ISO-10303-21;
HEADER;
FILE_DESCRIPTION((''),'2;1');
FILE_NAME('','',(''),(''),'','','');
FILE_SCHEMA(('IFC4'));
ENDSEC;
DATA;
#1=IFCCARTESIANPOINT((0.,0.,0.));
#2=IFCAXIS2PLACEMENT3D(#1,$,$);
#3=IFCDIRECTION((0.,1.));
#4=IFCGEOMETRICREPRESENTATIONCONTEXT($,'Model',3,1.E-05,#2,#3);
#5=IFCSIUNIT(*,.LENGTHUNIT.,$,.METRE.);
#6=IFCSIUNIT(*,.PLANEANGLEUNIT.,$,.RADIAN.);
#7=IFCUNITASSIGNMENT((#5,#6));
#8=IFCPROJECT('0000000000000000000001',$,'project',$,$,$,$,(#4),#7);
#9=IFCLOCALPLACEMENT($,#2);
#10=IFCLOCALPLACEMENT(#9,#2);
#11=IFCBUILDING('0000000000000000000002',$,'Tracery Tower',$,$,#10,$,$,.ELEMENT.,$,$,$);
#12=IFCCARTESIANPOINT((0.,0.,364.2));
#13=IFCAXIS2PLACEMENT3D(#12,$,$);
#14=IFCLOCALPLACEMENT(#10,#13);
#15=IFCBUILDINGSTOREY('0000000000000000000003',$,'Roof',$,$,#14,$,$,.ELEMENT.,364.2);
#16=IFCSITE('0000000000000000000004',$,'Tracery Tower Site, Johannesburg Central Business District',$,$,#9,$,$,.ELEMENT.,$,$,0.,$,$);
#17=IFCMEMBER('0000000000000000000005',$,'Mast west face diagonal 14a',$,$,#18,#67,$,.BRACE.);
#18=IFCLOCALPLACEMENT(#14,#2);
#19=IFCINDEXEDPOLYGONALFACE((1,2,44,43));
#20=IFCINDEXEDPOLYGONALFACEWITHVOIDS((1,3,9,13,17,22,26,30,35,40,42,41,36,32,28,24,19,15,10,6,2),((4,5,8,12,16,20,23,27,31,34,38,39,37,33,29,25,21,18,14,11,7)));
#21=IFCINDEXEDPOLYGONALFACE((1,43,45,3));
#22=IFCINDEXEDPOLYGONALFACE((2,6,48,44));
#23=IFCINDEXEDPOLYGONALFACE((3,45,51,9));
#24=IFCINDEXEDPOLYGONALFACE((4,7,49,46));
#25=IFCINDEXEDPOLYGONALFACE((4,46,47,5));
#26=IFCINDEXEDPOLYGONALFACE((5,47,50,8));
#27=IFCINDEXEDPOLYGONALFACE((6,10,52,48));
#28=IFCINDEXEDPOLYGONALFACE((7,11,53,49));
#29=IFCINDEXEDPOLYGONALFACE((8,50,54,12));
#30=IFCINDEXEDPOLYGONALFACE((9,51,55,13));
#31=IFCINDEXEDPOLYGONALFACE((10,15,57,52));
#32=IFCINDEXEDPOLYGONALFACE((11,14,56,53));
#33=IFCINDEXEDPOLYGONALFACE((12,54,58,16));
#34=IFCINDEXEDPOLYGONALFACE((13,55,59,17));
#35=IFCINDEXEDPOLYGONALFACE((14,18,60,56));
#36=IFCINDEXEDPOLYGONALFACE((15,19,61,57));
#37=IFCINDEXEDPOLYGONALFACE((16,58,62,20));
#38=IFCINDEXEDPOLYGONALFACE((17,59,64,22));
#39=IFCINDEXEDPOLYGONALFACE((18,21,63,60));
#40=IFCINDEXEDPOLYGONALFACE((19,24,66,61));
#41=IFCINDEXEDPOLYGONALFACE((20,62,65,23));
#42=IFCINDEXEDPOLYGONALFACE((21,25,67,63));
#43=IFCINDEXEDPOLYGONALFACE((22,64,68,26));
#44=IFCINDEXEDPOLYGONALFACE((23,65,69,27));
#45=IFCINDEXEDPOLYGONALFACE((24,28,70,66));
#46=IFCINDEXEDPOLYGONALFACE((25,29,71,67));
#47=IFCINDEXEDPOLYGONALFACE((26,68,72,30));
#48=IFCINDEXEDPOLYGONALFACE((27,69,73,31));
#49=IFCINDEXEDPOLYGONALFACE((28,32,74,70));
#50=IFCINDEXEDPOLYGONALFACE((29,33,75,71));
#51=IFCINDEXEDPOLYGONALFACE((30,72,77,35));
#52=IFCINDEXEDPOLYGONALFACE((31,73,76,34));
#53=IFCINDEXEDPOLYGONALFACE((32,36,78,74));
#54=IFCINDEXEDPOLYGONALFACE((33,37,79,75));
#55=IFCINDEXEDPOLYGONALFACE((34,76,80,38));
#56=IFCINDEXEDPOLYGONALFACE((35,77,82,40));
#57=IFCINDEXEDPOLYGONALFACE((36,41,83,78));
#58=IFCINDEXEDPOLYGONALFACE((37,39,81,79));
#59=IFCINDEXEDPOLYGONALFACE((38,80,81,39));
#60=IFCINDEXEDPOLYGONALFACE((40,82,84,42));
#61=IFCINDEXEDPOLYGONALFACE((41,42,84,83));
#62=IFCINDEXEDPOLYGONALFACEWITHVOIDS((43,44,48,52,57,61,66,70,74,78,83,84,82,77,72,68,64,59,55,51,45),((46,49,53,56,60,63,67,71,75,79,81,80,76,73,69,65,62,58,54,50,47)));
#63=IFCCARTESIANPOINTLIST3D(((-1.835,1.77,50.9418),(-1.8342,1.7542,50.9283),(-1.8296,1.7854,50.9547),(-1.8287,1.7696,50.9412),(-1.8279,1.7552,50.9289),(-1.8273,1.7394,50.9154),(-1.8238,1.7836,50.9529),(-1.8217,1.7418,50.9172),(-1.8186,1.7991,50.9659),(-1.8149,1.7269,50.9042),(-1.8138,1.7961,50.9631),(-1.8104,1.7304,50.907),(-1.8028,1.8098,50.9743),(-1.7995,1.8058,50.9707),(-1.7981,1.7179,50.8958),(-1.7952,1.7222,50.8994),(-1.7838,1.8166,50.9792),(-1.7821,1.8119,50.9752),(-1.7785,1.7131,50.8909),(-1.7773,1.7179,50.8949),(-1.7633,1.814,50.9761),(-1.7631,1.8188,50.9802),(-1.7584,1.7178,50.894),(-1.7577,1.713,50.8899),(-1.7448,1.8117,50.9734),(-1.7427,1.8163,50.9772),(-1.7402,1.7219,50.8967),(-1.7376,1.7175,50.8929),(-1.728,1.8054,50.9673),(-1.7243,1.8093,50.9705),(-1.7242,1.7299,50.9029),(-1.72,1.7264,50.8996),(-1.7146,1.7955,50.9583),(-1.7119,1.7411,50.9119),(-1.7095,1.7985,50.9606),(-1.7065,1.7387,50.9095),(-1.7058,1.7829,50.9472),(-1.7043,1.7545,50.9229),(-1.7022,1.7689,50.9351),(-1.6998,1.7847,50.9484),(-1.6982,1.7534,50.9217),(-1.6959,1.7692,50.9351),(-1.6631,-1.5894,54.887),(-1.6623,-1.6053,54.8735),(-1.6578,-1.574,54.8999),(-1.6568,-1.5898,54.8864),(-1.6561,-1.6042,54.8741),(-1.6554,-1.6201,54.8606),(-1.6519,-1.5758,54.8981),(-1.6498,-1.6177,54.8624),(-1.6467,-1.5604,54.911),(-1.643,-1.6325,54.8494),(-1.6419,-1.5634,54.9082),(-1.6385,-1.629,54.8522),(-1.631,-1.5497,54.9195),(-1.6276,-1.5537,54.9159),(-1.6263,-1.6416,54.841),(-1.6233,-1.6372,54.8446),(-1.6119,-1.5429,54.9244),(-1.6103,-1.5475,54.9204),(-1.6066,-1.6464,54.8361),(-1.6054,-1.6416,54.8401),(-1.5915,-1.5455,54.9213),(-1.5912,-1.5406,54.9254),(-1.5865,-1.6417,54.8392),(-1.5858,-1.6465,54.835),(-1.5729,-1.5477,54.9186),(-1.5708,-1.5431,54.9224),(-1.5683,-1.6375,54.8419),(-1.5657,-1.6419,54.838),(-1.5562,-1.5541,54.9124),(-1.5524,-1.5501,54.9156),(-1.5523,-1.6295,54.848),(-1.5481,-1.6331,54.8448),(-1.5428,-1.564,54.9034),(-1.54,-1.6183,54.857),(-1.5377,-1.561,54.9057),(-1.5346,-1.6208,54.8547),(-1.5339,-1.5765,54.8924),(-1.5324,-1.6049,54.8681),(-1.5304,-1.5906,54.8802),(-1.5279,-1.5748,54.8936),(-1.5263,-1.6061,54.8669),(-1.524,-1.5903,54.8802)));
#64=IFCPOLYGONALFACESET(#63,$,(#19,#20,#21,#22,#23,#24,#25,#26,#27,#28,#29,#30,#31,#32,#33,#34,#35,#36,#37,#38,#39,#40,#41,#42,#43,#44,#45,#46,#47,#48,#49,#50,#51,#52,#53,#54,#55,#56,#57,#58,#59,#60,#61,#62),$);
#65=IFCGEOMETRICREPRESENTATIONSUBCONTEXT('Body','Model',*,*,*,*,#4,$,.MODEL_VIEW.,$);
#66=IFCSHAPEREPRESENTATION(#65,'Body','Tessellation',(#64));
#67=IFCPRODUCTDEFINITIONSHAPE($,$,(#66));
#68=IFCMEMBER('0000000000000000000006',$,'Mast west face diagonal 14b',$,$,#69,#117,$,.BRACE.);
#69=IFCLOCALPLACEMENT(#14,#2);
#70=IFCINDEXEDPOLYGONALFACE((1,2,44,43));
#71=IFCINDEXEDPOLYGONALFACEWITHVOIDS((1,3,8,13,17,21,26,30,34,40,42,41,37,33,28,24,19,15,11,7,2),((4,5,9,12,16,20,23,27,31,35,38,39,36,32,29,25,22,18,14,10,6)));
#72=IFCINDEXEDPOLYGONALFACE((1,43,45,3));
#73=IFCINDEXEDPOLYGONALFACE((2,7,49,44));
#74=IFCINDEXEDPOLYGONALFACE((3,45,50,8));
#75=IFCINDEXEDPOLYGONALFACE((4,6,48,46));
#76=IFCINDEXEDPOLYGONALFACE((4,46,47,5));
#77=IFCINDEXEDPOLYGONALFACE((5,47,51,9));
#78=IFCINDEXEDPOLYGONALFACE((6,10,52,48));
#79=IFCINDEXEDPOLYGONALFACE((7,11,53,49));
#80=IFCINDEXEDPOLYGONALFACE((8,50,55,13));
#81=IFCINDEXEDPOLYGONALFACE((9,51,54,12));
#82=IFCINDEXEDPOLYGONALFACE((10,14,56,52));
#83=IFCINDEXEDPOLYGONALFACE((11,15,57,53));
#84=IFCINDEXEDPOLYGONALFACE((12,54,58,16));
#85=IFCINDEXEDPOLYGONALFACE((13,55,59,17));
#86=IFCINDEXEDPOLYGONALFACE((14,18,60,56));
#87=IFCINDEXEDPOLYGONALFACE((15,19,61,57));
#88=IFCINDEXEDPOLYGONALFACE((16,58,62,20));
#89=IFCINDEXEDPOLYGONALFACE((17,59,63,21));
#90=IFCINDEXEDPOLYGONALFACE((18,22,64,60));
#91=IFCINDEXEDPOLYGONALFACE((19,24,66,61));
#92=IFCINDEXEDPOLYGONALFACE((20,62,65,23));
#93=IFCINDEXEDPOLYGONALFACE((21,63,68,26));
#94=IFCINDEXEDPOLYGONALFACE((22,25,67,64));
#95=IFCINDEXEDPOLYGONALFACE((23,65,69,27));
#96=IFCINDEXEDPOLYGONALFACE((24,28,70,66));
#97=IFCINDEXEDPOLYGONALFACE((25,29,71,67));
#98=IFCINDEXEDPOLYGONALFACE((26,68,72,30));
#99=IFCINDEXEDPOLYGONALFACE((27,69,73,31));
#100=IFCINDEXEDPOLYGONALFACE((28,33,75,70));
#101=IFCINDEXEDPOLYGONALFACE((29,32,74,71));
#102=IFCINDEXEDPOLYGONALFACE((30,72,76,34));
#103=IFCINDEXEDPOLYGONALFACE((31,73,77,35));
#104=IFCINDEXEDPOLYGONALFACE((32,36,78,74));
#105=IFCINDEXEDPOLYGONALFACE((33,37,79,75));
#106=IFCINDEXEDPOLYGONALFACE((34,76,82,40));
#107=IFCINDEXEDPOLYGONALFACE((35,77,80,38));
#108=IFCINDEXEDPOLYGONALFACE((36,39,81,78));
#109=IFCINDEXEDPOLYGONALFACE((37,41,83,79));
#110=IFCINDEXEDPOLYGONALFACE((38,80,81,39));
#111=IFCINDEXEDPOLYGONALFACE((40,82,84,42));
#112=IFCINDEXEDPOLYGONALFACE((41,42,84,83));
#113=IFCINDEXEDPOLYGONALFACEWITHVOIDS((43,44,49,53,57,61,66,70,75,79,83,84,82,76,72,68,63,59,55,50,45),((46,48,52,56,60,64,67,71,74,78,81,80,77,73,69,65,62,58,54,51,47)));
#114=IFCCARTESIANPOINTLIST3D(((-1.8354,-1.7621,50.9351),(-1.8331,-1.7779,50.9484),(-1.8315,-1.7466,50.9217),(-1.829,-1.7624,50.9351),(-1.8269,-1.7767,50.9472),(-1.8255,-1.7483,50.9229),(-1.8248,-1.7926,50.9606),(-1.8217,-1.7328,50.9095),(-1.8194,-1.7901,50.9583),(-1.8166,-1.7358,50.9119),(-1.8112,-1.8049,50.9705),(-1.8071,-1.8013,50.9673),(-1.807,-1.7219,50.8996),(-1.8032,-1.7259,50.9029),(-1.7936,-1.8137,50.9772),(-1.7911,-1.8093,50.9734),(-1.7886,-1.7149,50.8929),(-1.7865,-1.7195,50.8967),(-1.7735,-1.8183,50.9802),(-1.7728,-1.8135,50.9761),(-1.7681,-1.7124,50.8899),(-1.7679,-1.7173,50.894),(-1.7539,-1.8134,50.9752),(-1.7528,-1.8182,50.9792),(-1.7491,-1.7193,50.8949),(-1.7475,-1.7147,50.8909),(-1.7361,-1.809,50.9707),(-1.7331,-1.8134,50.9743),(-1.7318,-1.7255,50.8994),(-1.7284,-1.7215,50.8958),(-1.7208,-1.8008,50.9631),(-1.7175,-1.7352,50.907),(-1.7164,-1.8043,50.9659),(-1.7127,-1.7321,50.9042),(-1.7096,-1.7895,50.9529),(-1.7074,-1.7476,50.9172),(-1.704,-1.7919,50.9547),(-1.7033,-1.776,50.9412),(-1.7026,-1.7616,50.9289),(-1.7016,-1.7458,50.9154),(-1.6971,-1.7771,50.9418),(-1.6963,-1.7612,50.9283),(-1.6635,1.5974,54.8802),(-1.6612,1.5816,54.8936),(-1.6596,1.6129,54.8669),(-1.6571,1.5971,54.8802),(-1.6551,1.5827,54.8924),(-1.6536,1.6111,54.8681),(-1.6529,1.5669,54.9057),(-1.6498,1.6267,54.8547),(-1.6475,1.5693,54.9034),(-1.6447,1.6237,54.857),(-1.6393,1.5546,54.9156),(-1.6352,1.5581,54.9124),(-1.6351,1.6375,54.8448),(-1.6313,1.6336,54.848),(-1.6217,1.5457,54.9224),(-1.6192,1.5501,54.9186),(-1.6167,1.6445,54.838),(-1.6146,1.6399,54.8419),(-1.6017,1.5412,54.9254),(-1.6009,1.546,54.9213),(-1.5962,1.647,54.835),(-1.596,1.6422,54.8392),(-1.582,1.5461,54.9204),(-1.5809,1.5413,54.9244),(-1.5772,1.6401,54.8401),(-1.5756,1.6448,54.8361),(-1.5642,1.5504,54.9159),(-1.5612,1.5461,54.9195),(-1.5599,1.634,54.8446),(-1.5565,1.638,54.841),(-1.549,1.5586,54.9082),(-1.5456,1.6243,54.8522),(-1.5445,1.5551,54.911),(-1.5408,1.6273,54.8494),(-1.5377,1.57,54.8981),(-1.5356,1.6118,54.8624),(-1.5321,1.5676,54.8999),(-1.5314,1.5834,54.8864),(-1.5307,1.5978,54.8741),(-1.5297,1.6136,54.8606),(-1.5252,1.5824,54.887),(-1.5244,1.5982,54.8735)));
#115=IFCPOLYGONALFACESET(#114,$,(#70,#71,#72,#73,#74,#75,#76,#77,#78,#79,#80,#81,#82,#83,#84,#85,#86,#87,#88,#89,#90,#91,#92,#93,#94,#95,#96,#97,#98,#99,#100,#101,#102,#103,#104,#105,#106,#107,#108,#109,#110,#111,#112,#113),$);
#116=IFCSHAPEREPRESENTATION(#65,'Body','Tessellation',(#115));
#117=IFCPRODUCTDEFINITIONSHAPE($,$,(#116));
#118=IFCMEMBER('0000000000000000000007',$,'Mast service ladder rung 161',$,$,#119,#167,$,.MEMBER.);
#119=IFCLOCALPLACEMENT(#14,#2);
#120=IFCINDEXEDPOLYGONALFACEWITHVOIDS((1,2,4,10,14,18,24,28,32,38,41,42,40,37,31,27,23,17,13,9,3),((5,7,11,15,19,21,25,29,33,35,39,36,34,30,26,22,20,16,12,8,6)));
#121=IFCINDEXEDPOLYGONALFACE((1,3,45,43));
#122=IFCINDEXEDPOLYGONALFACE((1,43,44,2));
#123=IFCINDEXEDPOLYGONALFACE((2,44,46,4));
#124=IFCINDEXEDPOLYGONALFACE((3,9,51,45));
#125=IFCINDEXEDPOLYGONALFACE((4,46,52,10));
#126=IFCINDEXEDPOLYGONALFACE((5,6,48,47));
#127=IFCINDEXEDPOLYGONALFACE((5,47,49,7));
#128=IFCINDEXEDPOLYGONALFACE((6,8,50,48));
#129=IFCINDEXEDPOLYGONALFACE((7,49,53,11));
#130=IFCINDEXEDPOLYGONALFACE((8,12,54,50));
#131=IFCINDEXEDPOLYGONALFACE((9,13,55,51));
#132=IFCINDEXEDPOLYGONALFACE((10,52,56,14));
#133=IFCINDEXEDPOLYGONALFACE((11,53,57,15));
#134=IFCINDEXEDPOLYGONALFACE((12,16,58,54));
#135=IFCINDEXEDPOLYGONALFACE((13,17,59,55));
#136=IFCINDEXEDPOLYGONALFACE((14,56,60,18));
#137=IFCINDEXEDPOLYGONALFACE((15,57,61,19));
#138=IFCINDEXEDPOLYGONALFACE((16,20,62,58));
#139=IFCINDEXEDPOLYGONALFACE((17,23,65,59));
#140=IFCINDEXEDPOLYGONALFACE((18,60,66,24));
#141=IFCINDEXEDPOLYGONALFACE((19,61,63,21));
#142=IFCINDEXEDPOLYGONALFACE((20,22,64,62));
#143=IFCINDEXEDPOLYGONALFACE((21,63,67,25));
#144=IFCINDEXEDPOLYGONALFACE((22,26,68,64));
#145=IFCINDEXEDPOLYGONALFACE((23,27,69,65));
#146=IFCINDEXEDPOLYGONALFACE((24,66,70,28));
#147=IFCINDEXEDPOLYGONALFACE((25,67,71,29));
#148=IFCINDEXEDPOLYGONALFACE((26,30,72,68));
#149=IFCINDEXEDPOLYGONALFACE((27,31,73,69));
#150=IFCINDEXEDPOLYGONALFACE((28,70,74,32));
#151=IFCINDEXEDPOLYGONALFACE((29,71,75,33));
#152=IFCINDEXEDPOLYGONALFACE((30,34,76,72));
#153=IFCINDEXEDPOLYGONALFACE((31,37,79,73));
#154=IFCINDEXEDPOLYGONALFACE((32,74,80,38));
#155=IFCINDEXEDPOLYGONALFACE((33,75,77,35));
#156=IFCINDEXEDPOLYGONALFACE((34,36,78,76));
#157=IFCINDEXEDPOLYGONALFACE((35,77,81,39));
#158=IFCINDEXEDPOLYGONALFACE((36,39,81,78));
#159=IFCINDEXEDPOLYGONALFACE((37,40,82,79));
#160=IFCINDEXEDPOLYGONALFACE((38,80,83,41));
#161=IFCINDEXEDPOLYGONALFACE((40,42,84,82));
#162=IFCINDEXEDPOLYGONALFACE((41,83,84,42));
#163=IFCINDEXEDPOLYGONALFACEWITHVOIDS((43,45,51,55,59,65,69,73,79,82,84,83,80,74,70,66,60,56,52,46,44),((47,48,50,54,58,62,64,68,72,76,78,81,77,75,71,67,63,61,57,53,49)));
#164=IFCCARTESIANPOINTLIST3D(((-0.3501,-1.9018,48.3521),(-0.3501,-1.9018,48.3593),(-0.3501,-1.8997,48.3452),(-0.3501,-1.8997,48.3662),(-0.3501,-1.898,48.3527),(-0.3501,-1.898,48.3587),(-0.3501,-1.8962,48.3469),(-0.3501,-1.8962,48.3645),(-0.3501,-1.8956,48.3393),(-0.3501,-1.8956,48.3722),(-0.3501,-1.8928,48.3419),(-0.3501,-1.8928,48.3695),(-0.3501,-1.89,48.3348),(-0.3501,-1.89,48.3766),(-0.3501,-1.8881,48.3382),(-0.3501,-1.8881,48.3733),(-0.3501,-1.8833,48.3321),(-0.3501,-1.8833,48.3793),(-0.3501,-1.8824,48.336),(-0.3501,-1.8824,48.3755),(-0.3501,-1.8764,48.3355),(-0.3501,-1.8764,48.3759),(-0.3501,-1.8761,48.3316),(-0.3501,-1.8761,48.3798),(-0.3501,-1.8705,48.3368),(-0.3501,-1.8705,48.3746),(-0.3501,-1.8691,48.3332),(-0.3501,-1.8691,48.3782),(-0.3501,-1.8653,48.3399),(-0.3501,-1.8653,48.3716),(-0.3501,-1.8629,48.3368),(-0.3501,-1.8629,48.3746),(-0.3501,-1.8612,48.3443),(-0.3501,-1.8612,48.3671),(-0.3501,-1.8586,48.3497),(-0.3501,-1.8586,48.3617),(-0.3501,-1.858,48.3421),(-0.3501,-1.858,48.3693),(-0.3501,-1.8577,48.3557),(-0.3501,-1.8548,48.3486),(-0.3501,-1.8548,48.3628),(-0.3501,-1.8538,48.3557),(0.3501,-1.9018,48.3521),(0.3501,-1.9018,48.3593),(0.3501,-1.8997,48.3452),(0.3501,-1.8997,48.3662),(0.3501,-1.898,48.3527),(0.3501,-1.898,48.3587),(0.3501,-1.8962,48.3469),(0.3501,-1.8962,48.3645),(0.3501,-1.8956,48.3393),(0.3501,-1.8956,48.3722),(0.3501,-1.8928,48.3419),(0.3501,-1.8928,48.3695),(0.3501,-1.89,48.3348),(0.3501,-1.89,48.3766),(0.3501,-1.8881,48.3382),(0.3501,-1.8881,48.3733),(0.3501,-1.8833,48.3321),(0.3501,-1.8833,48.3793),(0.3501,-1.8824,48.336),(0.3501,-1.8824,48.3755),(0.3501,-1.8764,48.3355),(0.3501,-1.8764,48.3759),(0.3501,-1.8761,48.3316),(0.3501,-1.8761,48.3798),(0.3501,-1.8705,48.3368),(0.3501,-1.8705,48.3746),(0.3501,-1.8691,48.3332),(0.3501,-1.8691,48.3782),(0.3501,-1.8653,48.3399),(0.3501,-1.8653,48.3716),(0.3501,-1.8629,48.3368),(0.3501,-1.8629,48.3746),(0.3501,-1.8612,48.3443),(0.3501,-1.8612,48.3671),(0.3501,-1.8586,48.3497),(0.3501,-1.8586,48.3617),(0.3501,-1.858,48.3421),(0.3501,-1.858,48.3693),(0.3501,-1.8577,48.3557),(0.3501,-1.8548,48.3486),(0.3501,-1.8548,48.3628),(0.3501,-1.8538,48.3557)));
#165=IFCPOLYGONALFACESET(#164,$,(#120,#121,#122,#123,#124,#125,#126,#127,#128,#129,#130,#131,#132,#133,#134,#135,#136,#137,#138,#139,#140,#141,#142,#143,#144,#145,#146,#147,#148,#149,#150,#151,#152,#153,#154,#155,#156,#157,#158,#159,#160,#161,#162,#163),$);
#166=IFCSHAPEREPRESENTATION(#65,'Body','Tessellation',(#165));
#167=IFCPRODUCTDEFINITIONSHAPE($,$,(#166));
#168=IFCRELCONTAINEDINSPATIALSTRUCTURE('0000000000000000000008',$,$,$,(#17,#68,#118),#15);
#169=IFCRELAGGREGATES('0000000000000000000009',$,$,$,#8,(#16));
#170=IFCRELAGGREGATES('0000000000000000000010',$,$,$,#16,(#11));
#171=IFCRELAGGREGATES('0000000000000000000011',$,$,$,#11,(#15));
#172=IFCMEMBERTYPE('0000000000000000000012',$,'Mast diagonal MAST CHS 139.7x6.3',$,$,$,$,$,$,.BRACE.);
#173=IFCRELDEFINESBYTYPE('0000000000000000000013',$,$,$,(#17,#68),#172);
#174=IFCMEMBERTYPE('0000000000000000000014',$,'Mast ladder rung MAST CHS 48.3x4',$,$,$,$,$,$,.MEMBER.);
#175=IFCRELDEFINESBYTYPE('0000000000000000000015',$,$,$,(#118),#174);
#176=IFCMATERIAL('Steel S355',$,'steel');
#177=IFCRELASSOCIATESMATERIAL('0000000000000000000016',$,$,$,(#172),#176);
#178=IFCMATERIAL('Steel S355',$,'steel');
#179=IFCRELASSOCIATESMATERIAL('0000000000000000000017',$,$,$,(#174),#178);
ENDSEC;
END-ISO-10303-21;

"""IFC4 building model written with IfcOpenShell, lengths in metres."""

from ifc_helpers import new_model, si_unit, direction, frame, origin, origin_2d, place, context, subcontext, project, spatial, hollow_circle, extrude, material, material_profile, profile_set, type_object, element, save


model = new_model("IFC4")

# Units and contexts
model_context = context("Model", 3, precision=1e-05, world=origin(), true_north=direction((0.0, 1.0)))
body_context = subcontext(model_context, "Body", "Model", "MODEL_VIEW")
ifc_project = project(units=[si_unit("LENGTHUNIT", "METRE"), si_unit("PLANEANGLEUNIT", "RADIAN")], contexts=[model_context])

# Site, building, storey
site_placement = place(None, origin())
site = spatial("IfcSite", under=ifc_project, at=site_placement, Name="Tracery Tower Site, Johannesburg Central Business District", CompositionType="ELEMENT", RefElevation=0.0)
building_placement = place(site_placement, origin())
building = spatial("IfcBuilding", under=site, at=building_placement, Name="Tracery Tower", CompositionType="ELEMENT")
storey_placement = place(building_placement, frame((0.0, 0.0, 364.2)))
storey = spatial("IfcBuildingStorey", under=building, at=storey_placement, Name="Roof", CompositionType="ELEMENT", Elevation=364.2)

# Members
ifc_material_1 = material(Name="Steel S355", Category="steel")
ifc_material_profile_1 = material_profile(ifc_material_1, hollow_circle(Radius=0.0698, WallThickness=0.0063, at=origin_2d()), Name="CHS 139.7x6.3")
ifc_profile_set_1 = profile_set([ifc_material_profile_1], Name="Steel S355")
member_type_1 = type_object("IfcMemberType", Name="Mast diagonal MAST CHS 139.7x6.3", PredefinedType="BRACE", material=ifc_profile_set_1)
for number, where, z_axis, x_axis, name in (
    (1, (-1.7656, 1.7656, 50.9351), (0.033152, -0.647972, 0.760943), (0.998694, 0.051096, 0.0), "Mast west face diagonal 14a"),
    (2, (-1.7656, -1.7656, 50.9351), (0.033152, 0.647972, 0.760943), (-0.998694, 0.051096, 0.0), "Mast west face diagonal 14b"),
):
    element("IfcMember", number, at=place(storey_placement, frame(where, z_axis=z_axis, x_axis=x_axis)), inside=storey, type_object=member_type_1, Name=name, PredefinedType="BRACE", context=body_context, shape_type="SweptSolid", body=[
        extrude(hollow_circle(Radius=0.0698, WallThickness=0.0063, at=origin_2d()), origin(), (0.0, 0.0, 1.0), 5.1846),
    ])
ifc_material_2 = material(Name="Steel S355", Category="steel")
ifc_material_profile_2 = material_profile(ifc_material_2, hollow_circle(Radius=0.0242, WallThickness=0.0039, at=origin_2d()), Name="CHS 48.3x4")
ifc_profile_set_2 = profile_set([ifc_material_profile_2], Name="Steel S355")
member_type_2 = type_object("IfcMemberType", Name="Mast ladder rung MAST CHS 48.3x4", PredefinedType="MEMBER", material=ifc_profile_set_2)
for number, where, z_axis, x_axis, name in (
    (3, (-0.3501, -1.8779, 48.3557), (1.0, 0.0, 0.0), (0.0, 1.0, 0.0), "Mast service ladder rung 161"),
):
    element("IfcMember", number, at=place(storey_placement, frame(where, z_axis=z_axis, x_axis=x_axis)), inside=storey, type_object=member_type_2, Name=name, PredefinedType="MEMBER", context=body_context, shape_type="SweptSolid", body=[
        extrude(hollow_circle(Radius=0.0242, WallThickness=0.0039, at=origin_2d()), origin(), (0.0, 0.0, 1.0), 0.7002),
    ])

save(model, "model.ifc")
